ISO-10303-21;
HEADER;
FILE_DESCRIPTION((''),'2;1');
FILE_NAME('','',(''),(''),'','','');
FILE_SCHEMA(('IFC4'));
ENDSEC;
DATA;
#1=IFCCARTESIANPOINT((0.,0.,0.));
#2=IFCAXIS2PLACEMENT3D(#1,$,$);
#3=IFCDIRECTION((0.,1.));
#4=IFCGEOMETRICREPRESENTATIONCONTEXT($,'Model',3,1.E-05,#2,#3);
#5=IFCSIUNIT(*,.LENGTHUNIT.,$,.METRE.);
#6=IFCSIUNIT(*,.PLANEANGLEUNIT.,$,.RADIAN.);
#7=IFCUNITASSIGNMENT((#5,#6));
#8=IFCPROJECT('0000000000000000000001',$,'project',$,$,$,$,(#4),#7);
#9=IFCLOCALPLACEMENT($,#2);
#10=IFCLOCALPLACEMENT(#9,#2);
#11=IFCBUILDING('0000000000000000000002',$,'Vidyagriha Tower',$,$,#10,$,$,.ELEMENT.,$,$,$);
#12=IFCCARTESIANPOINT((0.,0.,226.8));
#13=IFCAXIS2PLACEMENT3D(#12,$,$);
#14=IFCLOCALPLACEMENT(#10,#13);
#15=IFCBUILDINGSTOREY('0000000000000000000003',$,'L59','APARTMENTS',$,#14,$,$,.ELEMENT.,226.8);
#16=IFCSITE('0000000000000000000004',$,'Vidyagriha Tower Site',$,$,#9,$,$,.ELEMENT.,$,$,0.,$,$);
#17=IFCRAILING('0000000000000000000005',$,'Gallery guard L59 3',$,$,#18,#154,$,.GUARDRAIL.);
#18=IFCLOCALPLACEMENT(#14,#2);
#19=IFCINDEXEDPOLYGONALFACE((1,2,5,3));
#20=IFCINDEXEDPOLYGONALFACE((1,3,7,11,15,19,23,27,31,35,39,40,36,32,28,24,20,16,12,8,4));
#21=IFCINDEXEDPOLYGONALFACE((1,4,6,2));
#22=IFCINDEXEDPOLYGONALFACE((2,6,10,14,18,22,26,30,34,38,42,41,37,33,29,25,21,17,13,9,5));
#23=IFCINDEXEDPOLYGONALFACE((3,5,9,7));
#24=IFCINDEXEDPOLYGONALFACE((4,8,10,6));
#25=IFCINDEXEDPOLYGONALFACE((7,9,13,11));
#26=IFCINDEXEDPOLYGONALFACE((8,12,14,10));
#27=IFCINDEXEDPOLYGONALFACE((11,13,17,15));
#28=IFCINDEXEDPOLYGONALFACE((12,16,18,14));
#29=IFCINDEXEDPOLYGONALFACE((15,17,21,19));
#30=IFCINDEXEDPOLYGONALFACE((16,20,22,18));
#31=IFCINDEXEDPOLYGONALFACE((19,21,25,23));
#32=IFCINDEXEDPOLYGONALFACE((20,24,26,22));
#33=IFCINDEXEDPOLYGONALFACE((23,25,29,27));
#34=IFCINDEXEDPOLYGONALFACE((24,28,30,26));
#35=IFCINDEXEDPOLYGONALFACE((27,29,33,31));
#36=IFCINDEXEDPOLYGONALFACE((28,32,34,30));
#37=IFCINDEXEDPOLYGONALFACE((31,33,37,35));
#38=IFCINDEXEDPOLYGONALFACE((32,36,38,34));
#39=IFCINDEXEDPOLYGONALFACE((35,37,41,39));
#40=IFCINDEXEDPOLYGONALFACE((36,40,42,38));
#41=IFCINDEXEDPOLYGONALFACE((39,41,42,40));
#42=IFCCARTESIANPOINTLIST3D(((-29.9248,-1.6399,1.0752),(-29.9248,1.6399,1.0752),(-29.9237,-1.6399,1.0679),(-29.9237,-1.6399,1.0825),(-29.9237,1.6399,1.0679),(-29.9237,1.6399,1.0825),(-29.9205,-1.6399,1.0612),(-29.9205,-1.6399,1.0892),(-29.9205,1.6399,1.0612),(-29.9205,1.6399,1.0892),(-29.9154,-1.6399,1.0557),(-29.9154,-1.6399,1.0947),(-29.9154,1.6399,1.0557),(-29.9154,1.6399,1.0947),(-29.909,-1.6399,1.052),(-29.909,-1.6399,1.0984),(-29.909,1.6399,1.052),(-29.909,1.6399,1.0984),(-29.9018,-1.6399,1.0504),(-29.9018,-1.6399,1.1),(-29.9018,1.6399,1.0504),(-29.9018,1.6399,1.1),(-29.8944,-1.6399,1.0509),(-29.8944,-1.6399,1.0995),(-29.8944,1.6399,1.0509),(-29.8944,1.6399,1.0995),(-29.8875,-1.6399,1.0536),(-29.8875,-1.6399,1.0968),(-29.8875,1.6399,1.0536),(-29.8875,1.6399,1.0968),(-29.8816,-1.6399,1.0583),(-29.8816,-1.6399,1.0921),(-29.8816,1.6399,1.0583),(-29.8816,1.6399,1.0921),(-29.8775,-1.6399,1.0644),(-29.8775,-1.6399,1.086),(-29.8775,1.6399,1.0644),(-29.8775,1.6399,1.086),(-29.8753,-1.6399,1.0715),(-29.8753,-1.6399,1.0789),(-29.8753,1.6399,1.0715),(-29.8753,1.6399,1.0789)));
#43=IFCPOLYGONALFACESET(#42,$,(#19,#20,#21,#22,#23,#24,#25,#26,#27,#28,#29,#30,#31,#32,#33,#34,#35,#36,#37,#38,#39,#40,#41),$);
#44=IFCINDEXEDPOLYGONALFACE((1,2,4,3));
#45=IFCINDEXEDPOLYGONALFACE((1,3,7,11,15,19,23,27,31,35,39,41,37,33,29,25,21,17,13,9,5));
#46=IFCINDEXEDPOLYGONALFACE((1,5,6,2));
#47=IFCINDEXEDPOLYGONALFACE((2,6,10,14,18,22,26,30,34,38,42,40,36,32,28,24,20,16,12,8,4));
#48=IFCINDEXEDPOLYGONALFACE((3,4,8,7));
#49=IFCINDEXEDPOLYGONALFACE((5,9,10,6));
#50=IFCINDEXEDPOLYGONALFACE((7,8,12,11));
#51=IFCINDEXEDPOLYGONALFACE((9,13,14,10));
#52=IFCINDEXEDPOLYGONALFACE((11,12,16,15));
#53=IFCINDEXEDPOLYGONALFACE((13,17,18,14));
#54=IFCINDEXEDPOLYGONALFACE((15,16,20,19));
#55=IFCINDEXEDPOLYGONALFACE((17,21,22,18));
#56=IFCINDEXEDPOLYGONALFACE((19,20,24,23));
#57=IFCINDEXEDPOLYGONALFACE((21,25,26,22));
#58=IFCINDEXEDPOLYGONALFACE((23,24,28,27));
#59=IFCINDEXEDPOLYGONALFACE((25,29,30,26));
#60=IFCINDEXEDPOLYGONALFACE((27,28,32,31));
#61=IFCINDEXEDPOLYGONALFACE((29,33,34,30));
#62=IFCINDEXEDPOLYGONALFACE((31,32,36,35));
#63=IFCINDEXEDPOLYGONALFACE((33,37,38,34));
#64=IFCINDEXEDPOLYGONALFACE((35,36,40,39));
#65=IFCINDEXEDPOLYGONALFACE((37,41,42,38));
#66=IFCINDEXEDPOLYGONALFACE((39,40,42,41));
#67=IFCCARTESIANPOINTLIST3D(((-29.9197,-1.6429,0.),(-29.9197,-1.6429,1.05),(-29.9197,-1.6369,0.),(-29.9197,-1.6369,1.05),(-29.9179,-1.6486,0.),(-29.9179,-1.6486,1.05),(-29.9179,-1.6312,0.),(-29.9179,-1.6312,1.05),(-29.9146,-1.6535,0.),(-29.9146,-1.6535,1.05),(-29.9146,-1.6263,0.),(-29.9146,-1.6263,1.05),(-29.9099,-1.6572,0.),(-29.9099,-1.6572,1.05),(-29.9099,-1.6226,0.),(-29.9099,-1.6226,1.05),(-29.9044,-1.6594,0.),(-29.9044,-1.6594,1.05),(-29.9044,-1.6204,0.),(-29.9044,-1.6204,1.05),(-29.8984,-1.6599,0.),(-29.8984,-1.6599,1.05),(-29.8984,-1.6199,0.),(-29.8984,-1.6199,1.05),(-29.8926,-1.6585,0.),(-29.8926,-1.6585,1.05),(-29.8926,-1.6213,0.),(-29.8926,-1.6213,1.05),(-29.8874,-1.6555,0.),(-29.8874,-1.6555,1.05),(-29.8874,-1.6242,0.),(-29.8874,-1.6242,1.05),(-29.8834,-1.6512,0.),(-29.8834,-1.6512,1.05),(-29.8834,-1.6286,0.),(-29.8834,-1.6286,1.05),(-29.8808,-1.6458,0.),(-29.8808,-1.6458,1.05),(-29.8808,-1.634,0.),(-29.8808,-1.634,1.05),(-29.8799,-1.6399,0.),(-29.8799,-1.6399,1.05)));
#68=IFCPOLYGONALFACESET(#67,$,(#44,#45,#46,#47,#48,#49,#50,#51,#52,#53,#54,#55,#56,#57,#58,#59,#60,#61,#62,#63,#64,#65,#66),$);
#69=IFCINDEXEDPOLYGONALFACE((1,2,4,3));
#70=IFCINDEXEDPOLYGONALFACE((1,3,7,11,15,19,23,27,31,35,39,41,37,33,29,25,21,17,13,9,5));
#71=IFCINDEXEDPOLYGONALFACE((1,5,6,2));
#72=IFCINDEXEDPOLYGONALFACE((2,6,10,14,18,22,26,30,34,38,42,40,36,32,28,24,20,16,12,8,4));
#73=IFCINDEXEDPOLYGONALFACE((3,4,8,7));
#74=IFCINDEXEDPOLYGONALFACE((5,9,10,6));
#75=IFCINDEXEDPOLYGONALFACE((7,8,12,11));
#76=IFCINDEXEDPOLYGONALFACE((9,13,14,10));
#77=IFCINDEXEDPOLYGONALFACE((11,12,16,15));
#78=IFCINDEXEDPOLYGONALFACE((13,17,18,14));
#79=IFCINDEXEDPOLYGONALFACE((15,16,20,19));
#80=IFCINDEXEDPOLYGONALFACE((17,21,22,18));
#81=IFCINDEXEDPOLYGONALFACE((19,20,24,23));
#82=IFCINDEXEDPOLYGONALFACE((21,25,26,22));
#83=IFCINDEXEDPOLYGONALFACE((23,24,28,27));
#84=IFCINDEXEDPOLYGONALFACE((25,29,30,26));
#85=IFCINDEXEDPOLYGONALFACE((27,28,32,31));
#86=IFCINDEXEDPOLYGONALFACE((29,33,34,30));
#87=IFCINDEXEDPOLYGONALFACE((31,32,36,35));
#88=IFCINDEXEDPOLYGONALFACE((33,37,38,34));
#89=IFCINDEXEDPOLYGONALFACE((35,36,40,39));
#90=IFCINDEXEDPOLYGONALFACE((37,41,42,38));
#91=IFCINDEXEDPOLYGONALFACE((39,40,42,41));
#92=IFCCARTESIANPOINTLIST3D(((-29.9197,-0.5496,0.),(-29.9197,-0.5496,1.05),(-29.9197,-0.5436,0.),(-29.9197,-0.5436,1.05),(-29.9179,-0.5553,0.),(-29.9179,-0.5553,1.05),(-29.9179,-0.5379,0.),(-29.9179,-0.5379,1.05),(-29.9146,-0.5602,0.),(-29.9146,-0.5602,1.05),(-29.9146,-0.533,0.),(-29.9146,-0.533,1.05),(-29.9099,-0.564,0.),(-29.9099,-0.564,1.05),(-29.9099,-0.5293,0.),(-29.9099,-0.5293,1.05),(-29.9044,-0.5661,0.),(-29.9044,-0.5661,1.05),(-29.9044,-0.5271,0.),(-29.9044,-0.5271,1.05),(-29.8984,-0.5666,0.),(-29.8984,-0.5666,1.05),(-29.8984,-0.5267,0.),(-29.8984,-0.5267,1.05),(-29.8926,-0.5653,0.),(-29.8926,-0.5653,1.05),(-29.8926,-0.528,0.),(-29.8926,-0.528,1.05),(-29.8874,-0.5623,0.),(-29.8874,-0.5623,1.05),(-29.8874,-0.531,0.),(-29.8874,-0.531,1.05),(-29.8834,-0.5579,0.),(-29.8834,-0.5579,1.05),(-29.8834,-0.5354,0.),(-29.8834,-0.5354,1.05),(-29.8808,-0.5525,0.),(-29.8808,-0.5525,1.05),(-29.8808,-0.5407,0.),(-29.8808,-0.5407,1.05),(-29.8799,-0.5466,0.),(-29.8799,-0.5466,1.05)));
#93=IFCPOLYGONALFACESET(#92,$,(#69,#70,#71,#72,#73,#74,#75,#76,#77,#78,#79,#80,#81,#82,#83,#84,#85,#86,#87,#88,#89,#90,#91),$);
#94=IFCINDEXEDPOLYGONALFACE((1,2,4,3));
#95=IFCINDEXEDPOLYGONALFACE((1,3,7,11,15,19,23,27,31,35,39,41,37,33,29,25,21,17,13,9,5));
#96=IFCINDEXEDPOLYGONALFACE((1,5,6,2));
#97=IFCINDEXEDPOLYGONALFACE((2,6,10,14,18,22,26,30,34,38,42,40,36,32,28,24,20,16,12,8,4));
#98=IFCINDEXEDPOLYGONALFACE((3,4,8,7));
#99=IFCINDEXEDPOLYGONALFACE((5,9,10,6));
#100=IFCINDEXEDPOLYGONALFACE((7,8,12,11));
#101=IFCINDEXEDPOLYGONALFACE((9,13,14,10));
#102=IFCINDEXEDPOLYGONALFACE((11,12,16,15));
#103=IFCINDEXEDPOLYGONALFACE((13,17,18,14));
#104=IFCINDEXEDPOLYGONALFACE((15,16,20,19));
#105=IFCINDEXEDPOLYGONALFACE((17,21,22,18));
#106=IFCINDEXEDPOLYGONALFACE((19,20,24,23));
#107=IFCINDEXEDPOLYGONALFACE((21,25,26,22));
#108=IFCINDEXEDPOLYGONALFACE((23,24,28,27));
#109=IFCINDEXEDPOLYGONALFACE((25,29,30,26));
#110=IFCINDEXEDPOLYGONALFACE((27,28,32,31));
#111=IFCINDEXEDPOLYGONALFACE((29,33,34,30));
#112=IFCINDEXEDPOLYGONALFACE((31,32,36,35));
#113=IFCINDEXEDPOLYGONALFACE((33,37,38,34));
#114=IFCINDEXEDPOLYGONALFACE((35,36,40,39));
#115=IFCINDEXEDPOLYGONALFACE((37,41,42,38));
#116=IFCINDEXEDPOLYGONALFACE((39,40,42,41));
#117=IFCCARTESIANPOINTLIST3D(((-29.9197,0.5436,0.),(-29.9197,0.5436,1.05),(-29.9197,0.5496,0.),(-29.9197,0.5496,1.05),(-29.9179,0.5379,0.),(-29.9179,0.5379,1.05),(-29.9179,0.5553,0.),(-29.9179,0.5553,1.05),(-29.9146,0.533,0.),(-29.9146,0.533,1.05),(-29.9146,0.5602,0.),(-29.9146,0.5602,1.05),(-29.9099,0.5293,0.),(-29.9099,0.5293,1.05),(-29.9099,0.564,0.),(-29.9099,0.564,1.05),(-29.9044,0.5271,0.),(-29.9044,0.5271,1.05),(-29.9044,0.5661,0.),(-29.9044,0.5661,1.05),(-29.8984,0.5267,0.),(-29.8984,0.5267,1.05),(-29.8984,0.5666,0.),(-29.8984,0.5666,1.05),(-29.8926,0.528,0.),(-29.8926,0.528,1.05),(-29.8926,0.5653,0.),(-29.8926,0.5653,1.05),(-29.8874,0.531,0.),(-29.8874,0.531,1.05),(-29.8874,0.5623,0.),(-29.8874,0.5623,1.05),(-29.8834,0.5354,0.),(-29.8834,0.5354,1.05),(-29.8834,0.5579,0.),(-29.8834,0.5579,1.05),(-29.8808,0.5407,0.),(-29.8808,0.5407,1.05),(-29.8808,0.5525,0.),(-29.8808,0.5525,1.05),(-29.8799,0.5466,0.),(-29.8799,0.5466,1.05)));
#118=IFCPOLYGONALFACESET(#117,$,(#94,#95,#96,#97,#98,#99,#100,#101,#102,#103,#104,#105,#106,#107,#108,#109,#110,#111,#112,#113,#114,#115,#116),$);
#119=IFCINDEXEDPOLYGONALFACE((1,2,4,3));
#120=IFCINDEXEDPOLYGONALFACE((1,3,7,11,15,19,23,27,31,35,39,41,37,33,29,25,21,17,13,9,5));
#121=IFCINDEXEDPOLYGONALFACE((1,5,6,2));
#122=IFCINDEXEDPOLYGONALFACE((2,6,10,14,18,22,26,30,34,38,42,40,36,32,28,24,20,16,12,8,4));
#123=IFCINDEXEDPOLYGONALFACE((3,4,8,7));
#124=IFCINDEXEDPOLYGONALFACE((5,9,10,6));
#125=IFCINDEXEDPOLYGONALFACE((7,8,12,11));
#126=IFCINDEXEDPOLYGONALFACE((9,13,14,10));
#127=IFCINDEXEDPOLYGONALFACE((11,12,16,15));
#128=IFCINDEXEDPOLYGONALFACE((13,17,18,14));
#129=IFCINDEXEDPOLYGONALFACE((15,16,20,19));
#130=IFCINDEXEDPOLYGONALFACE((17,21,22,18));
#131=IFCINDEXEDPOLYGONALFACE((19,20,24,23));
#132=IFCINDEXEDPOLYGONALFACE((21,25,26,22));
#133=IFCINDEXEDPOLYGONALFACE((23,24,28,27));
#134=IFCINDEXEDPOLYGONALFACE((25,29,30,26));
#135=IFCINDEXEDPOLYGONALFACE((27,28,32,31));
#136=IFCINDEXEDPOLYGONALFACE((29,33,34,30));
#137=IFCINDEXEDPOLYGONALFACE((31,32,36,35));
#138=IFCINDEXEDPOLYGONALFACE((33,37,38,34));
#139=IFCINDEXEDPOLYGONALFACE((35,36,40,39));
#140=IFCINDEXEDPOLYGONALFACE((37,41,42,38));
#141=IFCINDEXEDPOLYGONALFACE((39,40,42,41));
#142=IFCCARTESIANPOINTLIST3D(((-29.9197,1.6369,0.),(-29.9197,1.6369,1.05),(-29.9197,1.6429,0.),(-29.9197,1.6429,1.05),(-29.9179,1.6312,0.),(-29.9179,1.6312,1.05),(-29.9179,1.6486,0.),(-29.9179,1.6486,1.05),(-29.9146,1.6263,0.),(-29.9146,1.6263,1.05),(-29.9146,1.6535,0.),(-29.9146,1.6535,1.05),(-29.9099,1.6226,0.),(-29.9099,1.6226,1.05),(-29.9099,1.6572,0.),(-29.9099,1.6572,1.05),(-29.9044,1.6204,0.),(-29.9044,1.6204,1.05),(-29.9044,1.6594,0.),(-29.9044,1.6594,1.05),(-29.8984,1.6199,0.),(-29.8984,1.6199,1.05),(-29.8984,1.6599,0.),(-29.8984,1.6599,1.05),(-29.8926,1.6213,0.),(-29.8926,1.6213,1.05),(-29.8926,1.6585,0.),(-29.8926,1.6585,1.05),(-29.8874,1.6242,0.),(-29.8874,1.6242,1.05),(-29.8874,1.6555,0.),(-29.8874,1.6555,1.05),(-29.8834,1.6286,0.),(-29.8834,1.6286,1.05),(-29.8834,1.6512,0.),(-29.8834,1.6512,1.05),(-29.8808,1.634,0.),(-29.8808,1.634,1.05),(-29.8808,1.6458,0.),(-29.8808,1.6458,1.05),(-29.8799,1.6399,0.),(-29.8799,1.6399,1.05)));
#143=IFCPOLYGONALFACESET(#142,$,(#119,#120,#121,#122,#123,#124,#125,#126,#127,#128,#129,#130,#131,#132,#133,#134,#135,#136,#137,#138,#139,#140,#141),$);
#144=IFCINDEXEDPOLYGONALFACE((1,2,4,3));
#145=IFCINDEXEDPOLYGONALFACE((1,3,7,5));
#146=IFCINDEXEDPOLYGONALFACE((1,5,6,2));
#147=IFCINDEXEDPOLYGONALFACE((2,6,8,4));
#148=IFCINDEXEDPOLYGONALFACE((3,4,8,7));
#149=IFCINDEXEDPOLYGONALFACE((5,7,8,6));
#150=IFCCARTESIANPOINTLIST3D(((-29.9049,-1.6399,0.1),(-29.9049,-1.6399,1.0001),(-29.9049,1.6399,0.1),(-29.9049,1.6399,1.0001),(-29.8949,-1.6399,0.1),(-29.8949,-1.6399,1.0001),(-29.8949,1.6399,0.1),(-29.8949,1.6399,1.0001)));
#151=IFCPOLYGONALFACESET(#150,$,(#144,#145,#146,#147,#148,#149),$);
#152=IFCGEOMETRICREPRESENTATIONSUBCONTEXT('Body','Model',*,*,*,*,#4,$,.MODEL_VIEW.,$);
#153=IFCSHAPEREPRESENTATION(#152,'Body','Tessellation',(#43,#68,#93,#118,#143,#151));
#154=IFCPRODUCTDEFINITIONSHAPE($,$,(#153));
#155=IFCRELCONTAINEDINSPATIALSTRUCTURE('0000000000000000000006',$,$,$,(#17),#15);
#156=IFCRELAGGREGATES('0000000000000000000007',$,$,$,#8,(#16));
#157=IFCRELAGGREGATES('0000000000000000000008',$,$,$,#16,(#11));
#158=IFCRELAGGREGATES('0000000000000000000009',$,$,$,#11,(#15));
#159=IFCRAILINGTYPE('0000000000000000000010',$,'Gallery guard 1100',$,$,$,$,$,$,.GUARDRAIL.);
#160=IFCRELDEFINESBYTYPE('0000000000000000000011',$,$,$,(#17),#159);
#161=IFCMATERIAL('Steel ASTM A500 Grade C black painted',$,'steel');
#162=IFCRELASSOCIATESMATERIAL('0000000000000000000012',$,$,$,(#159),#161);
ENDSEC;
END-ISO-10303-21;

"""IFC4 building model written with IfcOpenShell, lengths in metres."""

from ifc_helpers import new_model, si_unit, direction, frame, origin, origin_2d, place, context, subcontext, project, spatial, rectangle, circle, extrude, material, type_object, element, save


model = new_model("IFC4")

# Units and contexts
model_context = context("Model", 3, precision=1e-05, world=origin(), true_north=direction((0.0, 1.0)))
body_context = subcontext(model_context, "Body", "Model", "MODEL_VIEW")
ifc_project = project(units=[si_unit("LENGTHUNIT", "METRE"), si_unit("PLANEANGLEUNIT", "RADIAN")], contexts=[model_context])

# Site, building, storey
site_placement = place(None, origin())
site = spatial("IfcSite", under=ifc_project, at=site_placement, Name="Vidyagriha Tower Site", CompositionType="ELEMENT", RefElevation=0.0)
building_placement = place(site_placement, origin())
building = spatial("IfcBuilding", under=site, at=building_placement, Name="Vidyagriha Tower", CompositionType="ELEMENT")
storey_placement = place(building_placement, frame((0.0, 0.0, 226.8)))
storey = spatial("IfcBuildingStorey", under=building, at=storey_placement, Name="L59", Description="APARTMENTS", CompositionType="ELEMENT", Elevation=226.8)

# Railing
ifc_material_1 = material(Name="Steel ASTM A500 Grade C black painted", Category="steel")
railing_type_1 = type_object("IfcRailingType", Name="Gallery guard 1100", PredefinedType="GUARDRAIL", material=ifc_material_1)
railing_1_placement = place(storey_placement, frame((-29.8999, -1.6399, 0.0)))
element("IfcRailing", 1, at=railing_1_placement, inside=storey, type_object=railing_type_1, Name="Gallery guard L59 3", PredefinedType="GUARDRAIL", context=body_context, shape_type="SweptSolid", body=[
    extrude(circle(Radius=0.0249, at=origin_2d()), frame((0.0, 0.0, 1.0752), z_axis=(0.0, 1.0, 0.0), x_axis=(-1.0, 0.0, 0.0)), (0.0, 0.0, 1.0), 3.2798),
    extrude(circle(Radius=0.02, at=origin_2d()), origin(), (0.0, 0.0, 1.0), 1.05),
    extrude(circle(Radius=0.02, at=origin_2d()), frame((0.0, 1.0933, 0.0)), (0.0, 0.0, 1.0), 1.05),
    extrude(circle(Radius=0.02, at=origin_2d()), frame((0.0, 2.1865, 0.0)), (0.0, 0.0, 1.0), 1.05),
    extrude(circle(Radius=0.02, at=origin_2d()), frame((0.0, 3.2798, 0.0)), (0.0, 0.0, 1.0), 1.05),
    extrude(rectangle(XDim=0.01, YDim=0.9001, at=origin_2d()), frame((0.0, 0.0, 0.55), z_axis=(0.0, 1.0, 0.0), x_axis=(-1.0, 0.0, 0.0)), (0.0, 0.0, 1.0), 3.2798),
])

save(model, "model.ifc")
